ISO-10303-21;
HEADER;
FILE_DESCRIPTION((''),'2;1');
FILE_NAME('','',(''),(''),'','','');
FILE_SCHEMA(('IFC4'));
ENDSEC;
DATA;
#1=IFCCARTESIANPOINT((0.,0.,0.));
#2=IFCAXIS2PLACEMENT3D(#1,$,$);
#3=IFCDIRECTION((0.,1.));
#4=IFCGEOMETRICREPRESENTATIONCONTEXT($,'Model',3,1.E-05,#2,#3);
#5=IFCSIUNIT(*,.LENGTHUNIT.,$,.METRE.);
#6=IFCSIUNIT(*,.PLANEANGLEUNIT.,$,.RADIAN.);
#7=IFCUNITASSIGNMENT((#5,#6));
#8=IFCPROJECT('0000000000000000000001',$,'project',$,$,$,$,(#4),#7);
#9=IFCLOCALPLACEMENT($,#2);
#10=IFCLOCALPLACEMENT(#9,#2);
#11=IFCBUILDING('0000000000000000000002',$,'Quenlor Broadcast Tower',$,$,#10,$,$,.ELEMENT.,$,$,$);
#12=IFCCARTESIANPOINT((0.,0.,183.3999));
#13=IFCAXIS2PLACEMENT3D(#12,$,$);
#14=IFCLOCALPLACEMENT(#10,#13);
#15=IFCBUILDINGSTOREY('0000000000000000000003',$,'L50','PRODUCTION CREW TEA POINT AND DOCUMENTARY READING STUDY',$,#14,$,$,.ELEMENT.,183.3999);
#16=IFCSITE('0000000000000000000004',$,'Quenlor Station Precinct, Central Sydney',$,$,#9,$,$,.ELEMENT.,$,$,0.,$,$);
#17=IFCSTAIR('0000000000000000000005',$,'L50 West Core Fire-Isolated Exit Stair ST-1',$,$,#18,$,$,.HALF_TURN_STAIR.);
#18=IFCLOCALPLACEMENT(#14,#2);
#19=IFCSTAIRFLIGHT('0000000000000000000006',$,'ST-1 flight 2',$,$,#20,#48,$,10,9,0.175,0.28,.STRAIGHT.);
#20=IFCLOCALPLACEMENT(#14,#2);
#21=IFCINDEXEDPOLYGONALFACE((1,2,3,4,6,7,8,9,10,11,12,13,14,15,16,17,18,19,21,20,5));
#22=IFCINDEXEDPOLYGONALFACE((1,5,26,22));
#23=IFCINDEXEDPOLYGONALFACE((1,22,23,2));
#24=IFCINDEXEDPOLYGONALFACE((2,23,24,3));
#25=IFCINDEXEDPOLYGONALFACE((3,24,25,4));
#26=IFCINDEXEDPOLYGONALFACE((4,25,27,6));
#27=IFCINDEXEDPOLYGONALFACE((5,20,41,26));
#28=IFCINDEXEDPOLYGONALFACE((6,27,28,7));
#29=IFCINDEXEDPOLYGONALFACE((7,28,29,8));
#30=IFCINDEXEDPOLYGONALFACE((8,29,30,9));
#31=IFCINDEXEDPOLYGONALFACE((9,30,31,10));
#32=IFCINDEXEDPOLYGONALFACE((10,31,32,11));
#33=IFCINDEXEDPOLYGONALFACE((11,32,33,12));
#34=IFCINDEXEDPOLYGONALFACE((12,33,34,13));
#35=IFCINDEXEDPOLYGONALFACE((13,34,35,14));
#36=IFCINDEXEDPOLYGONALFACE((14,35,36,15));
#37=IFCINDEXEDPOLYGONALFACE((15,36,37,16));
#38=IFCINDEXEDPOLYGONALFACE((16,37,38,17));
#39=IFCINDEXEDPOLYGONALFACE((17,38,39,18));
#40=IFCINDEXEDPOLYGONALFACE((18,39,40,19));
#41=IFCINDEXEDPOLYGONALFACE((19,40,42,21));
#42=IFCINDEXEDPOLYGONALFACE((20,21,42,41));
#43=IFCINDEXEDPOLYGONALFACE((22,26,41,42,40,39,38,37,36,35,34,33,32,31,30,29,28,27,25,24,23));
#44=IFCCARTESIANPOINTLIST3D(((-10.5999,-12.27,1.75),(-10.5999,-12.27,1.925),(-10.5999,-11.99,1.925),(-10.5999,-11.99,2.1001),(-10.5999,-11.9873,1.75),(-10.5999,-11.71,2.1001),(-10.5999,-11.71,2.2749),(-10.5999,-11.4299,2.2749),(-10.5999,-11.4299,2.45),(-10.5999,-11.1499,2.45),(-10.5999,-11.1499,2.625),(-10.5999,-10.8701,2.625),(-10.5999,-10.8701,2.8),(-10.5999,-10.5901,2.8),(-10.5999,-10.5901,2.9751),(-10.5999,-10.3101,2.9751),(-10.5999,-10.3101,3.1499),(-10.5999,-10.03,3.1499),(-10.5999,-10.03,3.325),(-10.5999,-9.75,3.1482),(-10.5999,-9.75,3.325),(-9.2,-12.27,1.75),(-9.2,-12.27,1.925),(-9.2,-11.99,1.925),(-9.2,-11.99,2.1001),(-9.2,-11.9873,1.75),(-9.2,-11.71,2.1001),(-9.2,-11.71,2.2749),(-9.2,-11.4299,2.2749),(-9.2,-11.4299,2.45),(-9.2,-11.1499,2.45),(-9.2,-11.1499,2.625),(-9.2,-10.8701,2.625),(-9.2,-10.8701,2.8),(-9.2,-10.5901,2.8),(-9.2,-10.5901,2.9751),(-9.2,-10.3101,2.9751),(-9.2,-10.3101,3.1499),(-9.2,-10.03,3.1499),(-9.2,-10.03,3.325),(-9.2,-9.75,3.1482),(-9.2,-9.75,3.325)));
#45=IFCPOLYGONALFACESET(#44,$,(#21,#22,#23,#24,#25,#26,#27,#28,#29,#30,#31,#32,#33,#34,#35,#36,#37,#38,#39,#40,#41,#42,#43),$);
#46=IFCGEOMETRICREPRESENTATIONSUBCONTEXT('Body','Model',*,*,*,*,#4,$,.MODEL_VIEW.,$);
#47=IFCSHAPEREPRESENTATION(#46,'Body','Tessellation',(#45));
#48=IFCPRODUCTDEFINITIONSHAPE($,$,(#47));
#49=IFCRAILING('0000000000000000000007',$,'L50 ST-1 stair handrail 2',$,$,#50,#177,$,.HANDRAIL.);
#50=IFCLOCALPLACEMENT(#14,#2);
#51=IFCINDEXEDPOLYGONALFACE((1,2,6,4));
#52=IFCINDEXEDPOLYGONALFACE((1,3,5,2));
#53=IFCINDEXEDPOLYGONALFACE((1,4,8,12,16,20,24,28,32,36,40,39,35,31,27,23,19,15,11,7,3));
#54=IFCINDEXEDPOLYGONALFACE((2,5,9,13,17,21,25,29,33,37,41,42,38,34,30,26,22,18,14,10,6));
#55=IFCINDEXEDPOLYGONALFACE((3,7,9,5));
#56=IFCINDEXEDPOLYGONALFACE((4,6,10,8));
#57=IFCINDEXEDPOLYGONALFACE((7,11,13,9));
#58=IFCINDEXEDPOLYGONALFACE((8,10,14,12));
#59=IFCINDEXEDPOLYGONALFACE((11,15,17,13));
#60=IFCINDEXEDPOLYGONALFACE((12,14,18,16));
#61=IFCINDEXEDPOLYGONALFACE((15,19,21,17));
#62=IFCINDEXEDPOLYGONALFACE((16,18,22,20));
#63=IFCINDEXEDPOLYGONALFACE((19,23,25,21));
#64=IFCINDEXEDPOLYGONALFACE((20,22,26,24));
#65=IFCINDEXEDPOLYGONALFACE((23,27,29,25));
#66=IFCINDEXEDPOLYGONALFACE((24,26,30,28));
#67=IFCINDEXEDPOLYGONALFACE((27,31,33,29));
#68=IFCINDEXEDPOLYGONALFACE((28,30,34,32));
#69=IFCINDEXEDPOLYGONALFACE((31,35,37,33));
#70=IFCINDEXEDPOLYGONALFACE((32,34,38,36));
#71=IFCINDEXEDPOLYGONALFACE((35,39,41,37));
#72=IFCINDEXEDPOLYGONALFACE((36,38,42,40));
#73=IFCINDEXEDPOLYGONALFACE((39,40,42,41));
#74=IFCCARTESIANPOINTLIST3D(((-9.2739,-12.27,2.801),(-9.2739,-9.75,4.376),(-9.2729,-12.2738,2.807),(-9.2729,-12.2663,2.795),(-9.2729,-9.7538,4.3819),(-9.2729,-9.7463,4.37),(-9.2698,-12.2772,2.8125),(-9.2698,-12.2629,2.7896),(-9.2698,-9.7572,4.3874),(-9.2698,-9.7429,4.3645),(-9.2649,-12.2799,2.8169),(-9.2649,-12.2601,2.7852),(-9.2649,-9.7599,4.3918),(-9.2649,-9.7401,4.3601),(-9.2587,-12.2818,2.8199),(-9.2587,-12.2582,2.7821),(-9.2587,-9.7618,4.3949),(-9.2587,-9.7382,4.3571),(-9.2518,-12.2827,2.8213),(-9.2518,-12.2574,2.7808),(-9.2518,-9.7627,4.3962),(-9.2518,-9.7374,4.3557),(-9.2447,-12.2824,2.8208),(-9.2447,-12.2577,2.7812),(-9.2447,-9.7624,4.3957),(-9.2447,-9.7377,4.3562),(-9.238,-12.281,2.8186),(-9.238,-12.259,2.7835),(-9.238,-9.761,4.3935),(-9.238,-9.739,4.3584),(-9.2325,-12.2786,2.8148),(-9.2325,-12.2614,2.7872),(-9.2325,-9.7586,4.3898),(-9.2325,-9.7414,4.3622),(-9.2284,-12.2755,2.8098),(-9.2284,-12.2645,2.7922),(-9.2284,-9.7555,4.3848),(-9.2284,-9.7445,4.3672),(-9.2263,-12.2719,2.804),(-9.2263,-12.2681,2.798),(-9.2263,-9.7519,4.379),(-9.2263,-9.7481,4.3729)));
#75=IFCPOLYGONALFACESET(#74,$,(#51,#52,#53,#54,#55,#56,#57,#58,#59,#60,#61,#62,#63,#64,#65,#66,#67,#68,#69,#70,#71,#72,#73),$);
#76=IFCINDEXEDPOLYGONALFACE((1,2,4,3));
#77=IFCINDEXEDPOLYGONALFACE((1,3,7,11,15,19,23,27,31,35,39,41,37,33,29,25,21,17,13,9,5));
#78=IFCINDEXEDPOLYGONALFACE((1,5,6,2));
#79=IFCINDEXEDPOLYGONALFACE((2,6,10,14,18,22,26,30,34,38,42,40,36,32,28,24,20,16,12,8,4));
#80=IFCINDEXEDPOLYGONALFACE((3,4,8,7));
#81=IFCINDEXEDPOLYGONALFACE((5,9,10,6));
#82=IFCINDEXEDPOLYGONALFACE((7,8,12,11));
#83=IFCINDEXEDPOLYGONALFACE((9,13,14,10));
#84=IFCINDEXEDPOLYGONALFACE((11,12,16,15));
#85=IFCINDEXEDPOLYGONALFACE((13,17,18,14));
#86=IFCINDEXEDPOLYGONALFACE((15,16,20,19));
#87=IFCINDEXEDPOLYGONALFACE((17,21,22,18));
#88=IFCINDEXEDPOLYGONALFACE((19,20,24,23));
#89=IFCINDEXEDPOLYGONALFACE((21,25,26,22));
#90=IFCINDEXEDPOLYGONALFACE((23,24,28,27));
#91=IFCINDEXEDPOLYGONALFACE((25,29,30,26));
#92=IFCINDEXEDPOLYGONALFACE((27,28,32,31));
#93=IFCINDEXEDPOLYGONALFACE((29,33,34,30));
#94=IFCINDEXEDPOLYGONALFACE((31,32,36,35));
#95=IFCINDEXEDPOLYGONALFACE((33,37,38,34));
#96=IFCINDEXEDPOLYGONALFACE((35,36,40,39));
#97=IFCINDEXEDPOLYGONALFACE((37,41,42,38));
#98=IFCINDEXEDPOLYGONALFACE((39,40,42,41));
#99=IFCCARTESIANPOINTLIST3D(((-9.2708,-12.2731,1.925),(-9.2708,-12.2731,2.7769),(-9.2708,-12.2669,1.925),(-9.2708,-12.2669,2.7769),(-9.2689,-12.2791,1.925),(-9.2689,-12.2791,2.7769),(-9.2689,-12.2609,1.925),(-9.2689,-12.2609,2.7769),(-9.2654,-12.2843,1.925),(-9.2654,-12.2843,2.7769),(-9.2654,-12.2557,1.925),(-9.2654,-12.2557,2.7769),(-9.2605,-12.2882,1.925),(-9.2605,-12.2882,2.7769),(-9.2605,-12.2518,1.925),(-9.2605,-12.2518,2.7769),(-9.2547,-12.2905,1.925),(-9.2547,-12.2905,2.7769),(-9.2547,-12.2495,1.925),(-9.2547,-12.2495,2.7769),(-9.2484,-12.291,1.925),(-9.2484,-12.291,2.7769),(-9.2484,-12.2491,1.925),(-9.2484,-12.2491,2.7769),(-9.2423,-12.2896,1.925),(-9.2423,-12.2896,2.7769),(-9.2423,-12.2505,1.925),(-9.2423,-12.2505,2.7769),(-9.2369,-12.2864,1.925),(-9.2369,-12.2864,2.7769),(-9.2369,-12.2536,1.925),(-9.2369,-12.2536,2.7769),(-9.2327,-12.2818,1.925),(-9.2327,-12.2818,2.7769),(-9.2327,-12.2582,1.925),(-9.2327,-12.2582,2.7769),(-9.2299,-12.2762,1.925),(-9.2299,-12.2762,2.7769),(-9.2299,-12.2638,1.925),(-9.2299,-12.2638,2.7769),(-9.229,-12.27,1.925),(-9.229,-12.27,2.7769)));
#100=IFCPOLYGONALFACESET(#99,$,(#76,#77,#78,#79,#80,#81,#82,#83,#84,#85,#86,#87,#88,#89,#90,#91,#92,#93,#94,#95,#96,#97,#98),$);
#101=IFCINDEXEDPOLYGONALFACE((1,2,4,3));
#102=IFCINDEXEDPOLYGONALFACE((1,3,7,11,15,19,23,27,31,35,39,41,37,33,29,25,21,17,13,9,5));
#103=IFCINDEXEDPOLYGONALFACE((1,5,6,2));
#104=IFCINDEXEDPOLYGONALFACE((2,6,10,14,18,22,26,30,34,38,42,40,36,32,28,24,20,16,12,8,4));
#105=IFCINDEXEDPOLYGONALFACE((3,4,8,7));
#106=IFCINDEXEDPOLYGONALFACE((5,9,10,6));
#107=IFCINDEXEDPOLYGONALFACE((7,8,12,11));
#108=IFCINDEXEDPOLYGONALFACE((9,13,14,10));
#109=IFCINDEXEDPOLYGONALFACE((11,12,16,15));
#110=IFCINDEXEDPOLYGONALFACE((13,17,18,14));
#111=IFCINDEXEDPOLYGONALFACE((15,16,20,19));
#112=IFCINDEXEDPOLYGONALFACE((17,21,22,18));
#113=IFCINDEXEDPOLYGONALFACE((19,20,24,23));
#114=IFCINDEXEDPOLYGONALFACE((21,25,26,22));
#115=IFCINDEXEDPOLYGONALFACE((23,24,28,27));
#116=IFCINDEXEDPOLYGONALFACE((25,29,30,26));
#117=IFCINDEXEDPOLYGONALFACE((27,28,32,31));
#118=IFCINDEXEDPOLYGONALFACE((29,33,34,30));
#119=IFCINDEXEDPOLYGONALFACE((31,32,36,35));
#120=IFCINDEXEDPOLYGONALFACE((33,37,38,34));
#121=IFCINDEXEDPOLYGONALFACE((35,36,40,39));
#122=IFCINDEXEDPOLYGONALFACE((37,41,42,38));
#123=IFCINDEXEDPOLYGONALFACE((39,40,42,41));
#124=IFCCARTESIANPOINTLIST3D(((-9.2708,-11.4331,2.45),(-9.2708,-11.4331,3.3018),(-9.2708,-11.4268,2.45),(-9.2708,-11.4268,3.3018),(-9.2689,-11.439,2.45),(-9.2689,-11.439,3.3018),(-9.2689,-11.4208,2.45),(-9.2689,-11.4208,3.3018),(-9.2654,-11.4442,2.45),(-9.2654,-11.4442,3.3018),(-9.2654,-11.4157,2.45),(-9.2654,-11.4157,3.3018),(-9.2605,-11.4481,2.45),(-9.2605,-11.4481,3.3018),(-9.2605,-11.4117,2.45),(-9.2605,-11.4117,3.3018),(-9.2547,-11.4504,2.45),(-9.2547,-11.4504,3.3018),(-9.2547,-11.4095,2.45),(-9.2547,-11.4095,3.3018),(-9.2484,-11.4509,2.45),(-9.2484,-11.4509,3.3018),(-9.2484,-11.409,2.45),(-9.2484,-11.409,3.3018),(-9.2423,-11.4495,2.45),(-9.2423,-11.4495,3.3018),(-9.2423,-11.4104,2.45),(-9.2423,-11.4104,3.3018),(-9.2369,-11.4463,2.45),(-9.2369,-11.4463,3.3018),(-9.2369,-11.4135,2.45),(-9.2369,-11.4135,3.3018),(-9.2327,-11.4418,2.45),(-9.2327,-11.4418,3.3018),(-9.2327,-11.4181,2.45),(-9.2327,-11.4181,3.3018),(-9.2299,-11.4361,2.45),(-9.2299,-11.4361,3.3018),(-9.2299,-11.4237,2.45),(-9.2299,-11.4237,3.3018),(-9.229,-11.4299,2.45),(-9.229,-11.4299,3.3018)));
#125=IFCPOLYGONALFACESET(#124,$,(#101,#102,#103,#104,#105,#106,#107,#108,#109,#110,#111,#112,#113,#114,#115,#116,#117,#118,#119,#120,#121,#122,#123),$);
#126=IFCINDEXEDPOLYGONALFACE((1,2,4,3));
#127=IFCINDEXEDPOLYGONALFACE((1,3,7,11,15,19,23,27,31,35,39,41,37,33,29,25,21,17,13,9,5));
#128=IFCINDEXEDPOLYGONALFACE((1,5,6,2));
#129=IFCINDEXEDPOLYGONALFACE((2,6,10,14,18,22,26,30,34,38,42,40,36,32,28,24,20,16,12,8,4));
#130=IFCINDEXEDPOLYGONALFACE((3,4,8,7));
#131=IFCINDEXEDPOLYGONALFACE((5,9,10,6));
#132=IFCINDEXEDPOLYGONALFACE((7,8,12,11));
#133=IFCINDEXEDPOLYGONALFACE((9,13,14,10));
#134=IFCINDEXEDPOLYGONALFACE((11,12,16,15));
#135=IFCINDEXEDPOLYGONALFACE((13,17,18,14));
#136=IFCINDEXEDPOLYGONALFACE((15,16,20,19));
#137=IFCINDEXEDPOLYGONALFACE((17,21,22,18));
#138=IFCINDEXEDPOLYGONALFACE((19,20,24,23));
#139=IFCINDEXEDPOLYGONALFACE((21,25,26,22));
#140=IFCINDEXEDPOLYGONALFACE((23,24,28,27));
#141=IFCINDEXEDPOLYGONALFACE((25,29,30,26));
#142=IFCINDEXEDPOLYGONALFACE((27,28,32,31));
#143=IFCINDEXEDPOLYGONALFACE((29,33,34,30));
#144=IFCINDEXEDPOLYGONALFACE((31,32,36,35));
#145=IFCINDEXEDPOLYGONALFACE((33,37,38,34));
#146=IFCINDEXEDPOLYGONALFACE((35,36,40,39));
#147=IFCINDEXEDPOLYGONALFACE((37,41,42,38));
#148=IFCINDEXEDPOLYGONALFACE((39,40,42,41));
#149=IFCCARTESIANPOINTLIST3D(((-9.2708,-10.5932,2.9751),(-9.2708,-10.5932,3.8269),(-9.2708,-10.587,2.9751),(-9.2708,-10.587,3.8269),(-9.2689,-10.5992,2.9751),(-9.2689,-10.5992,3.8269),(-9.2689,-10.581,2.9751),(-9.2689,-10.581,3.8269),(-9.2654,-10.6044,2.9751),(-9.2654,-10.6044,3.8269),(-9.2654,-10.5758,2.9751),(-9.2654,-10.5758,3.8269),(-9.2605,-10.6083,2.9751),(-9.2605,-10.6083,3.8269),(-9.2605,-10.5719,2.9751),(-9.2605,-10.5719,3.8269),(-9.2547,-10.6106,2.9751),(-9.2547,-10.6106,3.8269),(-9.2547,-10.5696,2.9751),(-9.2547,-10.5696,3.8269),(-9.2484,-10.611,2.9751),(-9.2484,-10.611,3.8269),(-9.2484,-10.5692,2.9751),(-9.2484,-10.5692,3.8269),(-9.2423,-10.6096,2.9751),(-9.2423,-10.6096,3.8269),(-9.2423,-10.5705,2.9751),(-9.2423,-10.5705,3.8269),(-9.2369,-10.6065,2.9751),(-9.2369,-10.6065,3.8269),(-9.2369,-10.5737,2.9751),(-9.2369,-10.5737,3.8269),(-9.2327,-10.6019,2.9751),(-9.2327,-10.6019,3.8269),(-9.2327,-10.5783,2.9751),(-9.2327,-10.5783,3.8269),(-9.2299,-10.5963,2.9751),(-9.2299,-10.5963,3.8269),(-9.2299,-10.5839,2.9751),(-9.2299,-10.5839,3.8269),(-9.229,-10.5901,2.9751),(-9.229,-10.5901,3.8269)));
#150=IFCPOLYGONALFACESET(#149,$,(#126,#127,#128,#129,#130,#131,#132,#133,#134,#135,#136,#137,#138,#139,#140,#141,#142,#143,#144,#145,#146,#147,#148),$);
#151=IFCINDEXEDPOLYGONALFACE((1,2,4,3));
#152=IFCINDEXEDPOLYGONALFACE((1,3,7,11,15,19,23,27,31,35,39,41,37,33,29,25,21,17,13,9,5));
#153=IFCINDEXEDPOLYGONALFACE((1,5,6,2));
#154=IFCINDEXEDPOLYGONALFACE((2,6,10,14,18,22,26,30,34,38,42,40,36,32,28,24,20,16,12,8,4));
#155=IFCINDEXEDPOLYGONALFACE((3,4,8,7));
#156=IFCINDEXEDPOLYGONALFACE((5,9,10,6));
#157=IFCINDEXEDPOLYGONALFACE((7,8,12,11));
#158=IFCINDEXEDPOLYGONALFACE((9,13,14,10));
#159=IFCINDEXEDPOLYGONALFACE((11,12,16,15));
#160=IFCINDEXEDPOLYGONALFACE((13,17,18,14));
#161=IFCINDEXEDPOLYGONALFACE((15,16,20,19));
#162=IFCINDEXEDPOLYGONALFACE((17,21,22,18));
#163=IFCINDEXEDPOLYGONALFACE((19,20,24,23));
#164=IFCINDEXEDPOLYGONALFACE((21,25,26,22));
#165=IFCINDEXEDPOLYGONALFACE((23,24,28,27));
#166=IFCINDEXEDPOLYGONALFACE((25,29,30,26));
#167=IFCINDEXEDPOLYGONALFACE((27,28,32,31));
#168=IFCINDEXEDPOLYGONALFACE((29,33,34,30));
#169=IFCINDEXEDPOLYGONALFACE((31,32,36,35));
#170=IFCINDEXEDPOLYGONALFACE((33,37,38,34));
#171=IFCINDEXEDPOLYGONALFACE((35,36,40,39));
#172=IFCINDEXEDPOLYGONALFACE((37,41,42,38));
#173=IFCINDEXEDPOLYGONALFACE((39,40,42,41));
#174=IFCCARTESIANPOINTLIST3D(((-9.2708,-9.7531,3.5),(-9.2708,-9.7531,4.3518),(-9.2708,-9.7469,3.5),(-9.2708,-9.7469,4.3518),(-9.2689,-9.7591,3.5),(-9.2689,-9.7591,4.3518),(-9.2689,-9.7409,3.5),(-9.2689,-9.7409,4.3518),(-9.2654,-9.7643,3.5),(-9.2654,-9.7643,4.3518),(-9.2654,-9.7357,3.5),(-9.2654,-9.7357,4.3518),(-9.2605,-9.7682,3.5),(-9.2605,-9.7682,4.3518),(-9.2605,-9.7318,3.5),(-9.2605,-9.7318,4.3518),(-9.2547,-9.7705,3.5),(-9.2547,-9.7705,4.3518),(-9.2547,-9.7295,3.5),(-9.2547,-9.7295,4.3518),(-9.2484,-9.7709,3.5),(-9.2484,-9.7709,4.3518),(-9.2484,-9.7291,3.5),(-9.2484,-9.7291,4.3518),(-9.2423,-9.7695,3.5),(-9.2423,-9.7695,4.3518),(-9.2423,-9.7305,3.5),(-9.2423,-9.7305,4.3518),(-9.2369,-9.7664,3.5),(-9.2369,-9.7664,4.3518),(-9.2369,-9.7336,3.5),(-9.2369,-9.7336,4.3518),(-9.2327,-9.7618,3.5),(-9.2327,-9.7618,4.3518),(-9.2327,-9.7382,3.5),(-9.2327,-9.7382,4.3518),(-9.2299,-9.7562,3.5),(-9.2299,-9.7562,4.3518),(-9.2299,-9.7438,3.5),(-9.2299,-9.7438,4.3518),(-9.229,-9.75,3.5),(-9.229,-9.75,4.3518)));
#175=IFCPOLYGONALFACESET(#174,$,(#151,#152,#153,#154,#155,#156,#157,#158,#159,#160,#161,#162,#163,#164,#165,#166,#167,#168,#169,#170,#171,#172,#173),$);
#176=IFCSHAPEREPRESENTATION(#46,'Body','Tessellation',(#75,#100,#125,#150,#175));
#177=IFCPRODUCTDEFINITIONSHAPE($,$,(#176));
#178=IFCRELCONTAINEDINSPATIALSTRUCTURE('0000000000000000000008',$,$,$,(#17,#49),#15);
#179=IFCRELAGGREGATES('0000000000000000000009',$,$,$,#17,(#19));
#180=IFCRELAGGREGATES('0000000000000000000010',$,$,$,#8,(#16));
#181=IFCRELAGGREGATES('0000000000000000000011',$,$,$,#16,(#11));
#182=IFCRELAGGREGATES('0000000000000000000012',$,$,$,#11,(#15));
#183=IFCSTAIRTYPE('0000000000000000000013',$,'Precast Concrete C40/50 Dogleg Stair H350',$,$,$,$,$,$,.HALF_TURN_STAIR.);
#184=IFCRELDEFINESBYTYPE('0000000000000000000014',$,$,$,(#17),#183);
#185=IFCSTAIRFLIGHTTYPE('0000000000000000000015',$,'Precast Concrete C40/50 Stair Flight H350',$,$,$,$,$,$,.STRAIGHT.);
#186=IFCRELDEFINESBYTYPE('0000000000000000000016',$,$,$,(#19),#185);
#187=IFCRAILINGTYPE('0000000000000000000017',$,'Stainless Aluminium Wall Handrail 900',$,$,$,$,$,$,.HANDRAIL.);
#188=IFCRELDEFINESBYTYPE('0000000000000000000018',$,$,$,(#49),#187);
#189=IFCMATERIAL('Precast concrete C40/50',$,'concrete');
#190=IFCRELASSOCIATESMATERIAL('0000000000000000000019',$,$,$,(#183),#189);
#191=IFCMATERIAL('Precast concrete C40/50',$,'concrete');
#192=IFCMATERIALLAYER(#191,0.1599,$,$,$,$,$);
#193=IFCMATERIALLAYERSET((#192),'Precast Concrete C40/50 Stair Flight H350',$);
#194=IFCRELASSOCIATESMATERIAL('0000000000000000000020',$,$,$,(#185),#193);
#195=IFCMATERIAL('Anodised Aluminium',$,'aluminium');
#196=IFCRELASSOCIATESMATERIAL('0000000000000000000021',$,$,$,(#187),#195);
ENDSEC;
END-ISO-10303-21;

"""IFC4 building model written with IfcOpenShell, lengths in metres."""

from ifc_helpers import new_model, si_unit, direction, frame, origin, origin_2d, place, context, subcontext, project, spatial, polyline, circle, outline, extrude, material, layer, layer_set, type_object, element, aggregate, save


model = new_model("IFC4")

# Units and contexts
model_context = context("Model", 3, precision=1e-05, world=origin(), true_north=direction((0.0, 1.0)))
body_context = subcontext(model_context, "Body", "Model", "MODEL_VIEW")
ifc_project = project(units=[si_unit("LENGTHUNIT", "METRE"), si_unit("PLANEANGLEUNIT", "RADIAN")], contexts=[model_context])

# Site, building, storey
site_placement = place(None, origin())
site = spatial("IfcSite", under=ifc_project, at=site_placement, Name="Quenlor Station Precinct, Central Sydney", CompositionType="ELEMENT", RefElevation=0.0)
building_placement = place(site_placement, origin())
building = spatial("IfcBuilding", under=site, at=building_placement, Name="Quenlor Broadcast Tower", CompositionType="ELEMENT")
storey_placement = place(building_placement, frame((0.0, 0.0, 183.3999)))
storey = spatial("IfcBuildingStorey", under=building, at=storey_placement, Name="L50", Description="PRODUCTION CREW TEA POINT AND DOCUMENTARY READING STUDY", CompositionType="ELEMENT", Elevation=183.3999)

# Stair, stair flight
ifc_material_1 = material(Name="Precast concrete C40/50", Category="concrete")
stair_type = type_object("IfcStairType", Name="Precast Concrete C40/50 Dogleg Stair H350", PredefinedType="HALF_TURN_STAIR", material=ifc_material_1)
stair_placement = place(storey_placement, origin())
stair = element("IfcStair", 1, at=stair_placement, inside=storey, type_object=stair_type, Name="L50 West Core Fire-Isolated Exit Stair ST-1", PredefinedType="HALF_TURN_STAIR")
ifc_material_2 = material(Name="Precast concrete C40/50", Category="concrete")
ifc_layer_1 = layer(ifc_material_2, 0.1599)
ifc_layer_set_1 = layer_set([ifc_layer_1], Name="Precast Concrete C40/50 Stair Flight H350")
stair_flight_type = type_object("IfcStairFlightType", Name="Precast Concrete C40/50 Stair Flight H350", PredefinedType="STRAIGHT", material=ifc_layer_set_1)
stair_flight_placement = place(storey_placement, frame((-9.8999, -12.27, 1.75), z_axis=(0.0, 0.0, 1.0), x_axis=(0.0, 1.0, 0.0)))
stair_flight = element("IfcStairFlight", 2, at=stair_flight_placement, type_object=stair_flight_type, Name="ST-1 flight 2", NumberOfRisers=10, NumberOfTreads=9, PredefinedType="STRAIGHT", RiserHeight=0.175, TreadLength=0.28, context=body_context, shape_type="SweptSolid", body=[
    extrude(outline(polyline([(0.0, 0.0), (0.0, 0.175), (0.28, 0.175), (0.28, 0.3501), (0.5601, 0.3501), (0.5601, 0.5249), (0.8401, 0.5249), (0.8401, 0.7), (1.1201, 0.7), (1.1201, 0.875), (1.3999, 0.875), (1.3999, 1.05), (1.6799, 1.05), (1.6799, 1.2251), (1.96, 1.2251), (1.96, 1.3999), (2.24, 1.3999), (2.24, 1.575), (2.52, 1.575), (2.52, 1.75), (2.52, 1.3982), (0.2827, 0.0), (0.0, 0.0)])), frame((0.0, 0.7, 0.0), z_axis=(0.0, -1.0, 0.0), x_axis=(1.0, 0.0, 0.0)), (0.0, 0.0, 1.0), 1.3999),
])
aggregate(stair, [stair_flight])

# Railing
ifc_material_3 = material(Name="Anodised Aluminium", Category="aluminium")
railing_type_1 = type_object("IfcRailingType", Name="Stainless Aluminium Wall Handrail 900", PredefinedType="HANDRAIL", material=ifc_material_3)
railing_1_placement = place(storey_placement, frame((-9.25, -12.27, 1.925)))
element("IfcRailing", 3, at=railing_1_placement, inside=storey, type_object=railing_type_1, Name="L50 ST-1 stair handrail 2", PredefinedType="HANDRAIL", context=body_context, shape_type="SweptSolid", body=[
    extrude(circle(Radius=0.0239, at=origin_2d()), frame((0.0, 0.0, 0.876), z_axis=(0.0, 0.848008, 0.529984), x_axis=(-1.0, 0.0, 0.0)), (0.0, 0.0, 1.0), 2.9717),
    extrude(circle(Radius=0.021, at=origin_2d()), origin(), (0.0, 0.0, 1.0), 0.8518),
    extrude(circle(Radius=0.021, at=origin_2d()), frame((0.0, 0.8401, 0.5249)), (0.0, 0.0, 1.0), 0.8518),
    extrude(circle(Radius=0.021, at=origin_2d()), frame((0.0, 1.6799, 1.05)), (0.0, 0.0, 1.0), 0.8518),
    extrude(circle(Radius=0.021, at=origin_2d()), frame((0.0, 2.52, 1.575)), (0.0, 0.0, 1.0), 0.8518),
])

save(model, "model.ifc")
